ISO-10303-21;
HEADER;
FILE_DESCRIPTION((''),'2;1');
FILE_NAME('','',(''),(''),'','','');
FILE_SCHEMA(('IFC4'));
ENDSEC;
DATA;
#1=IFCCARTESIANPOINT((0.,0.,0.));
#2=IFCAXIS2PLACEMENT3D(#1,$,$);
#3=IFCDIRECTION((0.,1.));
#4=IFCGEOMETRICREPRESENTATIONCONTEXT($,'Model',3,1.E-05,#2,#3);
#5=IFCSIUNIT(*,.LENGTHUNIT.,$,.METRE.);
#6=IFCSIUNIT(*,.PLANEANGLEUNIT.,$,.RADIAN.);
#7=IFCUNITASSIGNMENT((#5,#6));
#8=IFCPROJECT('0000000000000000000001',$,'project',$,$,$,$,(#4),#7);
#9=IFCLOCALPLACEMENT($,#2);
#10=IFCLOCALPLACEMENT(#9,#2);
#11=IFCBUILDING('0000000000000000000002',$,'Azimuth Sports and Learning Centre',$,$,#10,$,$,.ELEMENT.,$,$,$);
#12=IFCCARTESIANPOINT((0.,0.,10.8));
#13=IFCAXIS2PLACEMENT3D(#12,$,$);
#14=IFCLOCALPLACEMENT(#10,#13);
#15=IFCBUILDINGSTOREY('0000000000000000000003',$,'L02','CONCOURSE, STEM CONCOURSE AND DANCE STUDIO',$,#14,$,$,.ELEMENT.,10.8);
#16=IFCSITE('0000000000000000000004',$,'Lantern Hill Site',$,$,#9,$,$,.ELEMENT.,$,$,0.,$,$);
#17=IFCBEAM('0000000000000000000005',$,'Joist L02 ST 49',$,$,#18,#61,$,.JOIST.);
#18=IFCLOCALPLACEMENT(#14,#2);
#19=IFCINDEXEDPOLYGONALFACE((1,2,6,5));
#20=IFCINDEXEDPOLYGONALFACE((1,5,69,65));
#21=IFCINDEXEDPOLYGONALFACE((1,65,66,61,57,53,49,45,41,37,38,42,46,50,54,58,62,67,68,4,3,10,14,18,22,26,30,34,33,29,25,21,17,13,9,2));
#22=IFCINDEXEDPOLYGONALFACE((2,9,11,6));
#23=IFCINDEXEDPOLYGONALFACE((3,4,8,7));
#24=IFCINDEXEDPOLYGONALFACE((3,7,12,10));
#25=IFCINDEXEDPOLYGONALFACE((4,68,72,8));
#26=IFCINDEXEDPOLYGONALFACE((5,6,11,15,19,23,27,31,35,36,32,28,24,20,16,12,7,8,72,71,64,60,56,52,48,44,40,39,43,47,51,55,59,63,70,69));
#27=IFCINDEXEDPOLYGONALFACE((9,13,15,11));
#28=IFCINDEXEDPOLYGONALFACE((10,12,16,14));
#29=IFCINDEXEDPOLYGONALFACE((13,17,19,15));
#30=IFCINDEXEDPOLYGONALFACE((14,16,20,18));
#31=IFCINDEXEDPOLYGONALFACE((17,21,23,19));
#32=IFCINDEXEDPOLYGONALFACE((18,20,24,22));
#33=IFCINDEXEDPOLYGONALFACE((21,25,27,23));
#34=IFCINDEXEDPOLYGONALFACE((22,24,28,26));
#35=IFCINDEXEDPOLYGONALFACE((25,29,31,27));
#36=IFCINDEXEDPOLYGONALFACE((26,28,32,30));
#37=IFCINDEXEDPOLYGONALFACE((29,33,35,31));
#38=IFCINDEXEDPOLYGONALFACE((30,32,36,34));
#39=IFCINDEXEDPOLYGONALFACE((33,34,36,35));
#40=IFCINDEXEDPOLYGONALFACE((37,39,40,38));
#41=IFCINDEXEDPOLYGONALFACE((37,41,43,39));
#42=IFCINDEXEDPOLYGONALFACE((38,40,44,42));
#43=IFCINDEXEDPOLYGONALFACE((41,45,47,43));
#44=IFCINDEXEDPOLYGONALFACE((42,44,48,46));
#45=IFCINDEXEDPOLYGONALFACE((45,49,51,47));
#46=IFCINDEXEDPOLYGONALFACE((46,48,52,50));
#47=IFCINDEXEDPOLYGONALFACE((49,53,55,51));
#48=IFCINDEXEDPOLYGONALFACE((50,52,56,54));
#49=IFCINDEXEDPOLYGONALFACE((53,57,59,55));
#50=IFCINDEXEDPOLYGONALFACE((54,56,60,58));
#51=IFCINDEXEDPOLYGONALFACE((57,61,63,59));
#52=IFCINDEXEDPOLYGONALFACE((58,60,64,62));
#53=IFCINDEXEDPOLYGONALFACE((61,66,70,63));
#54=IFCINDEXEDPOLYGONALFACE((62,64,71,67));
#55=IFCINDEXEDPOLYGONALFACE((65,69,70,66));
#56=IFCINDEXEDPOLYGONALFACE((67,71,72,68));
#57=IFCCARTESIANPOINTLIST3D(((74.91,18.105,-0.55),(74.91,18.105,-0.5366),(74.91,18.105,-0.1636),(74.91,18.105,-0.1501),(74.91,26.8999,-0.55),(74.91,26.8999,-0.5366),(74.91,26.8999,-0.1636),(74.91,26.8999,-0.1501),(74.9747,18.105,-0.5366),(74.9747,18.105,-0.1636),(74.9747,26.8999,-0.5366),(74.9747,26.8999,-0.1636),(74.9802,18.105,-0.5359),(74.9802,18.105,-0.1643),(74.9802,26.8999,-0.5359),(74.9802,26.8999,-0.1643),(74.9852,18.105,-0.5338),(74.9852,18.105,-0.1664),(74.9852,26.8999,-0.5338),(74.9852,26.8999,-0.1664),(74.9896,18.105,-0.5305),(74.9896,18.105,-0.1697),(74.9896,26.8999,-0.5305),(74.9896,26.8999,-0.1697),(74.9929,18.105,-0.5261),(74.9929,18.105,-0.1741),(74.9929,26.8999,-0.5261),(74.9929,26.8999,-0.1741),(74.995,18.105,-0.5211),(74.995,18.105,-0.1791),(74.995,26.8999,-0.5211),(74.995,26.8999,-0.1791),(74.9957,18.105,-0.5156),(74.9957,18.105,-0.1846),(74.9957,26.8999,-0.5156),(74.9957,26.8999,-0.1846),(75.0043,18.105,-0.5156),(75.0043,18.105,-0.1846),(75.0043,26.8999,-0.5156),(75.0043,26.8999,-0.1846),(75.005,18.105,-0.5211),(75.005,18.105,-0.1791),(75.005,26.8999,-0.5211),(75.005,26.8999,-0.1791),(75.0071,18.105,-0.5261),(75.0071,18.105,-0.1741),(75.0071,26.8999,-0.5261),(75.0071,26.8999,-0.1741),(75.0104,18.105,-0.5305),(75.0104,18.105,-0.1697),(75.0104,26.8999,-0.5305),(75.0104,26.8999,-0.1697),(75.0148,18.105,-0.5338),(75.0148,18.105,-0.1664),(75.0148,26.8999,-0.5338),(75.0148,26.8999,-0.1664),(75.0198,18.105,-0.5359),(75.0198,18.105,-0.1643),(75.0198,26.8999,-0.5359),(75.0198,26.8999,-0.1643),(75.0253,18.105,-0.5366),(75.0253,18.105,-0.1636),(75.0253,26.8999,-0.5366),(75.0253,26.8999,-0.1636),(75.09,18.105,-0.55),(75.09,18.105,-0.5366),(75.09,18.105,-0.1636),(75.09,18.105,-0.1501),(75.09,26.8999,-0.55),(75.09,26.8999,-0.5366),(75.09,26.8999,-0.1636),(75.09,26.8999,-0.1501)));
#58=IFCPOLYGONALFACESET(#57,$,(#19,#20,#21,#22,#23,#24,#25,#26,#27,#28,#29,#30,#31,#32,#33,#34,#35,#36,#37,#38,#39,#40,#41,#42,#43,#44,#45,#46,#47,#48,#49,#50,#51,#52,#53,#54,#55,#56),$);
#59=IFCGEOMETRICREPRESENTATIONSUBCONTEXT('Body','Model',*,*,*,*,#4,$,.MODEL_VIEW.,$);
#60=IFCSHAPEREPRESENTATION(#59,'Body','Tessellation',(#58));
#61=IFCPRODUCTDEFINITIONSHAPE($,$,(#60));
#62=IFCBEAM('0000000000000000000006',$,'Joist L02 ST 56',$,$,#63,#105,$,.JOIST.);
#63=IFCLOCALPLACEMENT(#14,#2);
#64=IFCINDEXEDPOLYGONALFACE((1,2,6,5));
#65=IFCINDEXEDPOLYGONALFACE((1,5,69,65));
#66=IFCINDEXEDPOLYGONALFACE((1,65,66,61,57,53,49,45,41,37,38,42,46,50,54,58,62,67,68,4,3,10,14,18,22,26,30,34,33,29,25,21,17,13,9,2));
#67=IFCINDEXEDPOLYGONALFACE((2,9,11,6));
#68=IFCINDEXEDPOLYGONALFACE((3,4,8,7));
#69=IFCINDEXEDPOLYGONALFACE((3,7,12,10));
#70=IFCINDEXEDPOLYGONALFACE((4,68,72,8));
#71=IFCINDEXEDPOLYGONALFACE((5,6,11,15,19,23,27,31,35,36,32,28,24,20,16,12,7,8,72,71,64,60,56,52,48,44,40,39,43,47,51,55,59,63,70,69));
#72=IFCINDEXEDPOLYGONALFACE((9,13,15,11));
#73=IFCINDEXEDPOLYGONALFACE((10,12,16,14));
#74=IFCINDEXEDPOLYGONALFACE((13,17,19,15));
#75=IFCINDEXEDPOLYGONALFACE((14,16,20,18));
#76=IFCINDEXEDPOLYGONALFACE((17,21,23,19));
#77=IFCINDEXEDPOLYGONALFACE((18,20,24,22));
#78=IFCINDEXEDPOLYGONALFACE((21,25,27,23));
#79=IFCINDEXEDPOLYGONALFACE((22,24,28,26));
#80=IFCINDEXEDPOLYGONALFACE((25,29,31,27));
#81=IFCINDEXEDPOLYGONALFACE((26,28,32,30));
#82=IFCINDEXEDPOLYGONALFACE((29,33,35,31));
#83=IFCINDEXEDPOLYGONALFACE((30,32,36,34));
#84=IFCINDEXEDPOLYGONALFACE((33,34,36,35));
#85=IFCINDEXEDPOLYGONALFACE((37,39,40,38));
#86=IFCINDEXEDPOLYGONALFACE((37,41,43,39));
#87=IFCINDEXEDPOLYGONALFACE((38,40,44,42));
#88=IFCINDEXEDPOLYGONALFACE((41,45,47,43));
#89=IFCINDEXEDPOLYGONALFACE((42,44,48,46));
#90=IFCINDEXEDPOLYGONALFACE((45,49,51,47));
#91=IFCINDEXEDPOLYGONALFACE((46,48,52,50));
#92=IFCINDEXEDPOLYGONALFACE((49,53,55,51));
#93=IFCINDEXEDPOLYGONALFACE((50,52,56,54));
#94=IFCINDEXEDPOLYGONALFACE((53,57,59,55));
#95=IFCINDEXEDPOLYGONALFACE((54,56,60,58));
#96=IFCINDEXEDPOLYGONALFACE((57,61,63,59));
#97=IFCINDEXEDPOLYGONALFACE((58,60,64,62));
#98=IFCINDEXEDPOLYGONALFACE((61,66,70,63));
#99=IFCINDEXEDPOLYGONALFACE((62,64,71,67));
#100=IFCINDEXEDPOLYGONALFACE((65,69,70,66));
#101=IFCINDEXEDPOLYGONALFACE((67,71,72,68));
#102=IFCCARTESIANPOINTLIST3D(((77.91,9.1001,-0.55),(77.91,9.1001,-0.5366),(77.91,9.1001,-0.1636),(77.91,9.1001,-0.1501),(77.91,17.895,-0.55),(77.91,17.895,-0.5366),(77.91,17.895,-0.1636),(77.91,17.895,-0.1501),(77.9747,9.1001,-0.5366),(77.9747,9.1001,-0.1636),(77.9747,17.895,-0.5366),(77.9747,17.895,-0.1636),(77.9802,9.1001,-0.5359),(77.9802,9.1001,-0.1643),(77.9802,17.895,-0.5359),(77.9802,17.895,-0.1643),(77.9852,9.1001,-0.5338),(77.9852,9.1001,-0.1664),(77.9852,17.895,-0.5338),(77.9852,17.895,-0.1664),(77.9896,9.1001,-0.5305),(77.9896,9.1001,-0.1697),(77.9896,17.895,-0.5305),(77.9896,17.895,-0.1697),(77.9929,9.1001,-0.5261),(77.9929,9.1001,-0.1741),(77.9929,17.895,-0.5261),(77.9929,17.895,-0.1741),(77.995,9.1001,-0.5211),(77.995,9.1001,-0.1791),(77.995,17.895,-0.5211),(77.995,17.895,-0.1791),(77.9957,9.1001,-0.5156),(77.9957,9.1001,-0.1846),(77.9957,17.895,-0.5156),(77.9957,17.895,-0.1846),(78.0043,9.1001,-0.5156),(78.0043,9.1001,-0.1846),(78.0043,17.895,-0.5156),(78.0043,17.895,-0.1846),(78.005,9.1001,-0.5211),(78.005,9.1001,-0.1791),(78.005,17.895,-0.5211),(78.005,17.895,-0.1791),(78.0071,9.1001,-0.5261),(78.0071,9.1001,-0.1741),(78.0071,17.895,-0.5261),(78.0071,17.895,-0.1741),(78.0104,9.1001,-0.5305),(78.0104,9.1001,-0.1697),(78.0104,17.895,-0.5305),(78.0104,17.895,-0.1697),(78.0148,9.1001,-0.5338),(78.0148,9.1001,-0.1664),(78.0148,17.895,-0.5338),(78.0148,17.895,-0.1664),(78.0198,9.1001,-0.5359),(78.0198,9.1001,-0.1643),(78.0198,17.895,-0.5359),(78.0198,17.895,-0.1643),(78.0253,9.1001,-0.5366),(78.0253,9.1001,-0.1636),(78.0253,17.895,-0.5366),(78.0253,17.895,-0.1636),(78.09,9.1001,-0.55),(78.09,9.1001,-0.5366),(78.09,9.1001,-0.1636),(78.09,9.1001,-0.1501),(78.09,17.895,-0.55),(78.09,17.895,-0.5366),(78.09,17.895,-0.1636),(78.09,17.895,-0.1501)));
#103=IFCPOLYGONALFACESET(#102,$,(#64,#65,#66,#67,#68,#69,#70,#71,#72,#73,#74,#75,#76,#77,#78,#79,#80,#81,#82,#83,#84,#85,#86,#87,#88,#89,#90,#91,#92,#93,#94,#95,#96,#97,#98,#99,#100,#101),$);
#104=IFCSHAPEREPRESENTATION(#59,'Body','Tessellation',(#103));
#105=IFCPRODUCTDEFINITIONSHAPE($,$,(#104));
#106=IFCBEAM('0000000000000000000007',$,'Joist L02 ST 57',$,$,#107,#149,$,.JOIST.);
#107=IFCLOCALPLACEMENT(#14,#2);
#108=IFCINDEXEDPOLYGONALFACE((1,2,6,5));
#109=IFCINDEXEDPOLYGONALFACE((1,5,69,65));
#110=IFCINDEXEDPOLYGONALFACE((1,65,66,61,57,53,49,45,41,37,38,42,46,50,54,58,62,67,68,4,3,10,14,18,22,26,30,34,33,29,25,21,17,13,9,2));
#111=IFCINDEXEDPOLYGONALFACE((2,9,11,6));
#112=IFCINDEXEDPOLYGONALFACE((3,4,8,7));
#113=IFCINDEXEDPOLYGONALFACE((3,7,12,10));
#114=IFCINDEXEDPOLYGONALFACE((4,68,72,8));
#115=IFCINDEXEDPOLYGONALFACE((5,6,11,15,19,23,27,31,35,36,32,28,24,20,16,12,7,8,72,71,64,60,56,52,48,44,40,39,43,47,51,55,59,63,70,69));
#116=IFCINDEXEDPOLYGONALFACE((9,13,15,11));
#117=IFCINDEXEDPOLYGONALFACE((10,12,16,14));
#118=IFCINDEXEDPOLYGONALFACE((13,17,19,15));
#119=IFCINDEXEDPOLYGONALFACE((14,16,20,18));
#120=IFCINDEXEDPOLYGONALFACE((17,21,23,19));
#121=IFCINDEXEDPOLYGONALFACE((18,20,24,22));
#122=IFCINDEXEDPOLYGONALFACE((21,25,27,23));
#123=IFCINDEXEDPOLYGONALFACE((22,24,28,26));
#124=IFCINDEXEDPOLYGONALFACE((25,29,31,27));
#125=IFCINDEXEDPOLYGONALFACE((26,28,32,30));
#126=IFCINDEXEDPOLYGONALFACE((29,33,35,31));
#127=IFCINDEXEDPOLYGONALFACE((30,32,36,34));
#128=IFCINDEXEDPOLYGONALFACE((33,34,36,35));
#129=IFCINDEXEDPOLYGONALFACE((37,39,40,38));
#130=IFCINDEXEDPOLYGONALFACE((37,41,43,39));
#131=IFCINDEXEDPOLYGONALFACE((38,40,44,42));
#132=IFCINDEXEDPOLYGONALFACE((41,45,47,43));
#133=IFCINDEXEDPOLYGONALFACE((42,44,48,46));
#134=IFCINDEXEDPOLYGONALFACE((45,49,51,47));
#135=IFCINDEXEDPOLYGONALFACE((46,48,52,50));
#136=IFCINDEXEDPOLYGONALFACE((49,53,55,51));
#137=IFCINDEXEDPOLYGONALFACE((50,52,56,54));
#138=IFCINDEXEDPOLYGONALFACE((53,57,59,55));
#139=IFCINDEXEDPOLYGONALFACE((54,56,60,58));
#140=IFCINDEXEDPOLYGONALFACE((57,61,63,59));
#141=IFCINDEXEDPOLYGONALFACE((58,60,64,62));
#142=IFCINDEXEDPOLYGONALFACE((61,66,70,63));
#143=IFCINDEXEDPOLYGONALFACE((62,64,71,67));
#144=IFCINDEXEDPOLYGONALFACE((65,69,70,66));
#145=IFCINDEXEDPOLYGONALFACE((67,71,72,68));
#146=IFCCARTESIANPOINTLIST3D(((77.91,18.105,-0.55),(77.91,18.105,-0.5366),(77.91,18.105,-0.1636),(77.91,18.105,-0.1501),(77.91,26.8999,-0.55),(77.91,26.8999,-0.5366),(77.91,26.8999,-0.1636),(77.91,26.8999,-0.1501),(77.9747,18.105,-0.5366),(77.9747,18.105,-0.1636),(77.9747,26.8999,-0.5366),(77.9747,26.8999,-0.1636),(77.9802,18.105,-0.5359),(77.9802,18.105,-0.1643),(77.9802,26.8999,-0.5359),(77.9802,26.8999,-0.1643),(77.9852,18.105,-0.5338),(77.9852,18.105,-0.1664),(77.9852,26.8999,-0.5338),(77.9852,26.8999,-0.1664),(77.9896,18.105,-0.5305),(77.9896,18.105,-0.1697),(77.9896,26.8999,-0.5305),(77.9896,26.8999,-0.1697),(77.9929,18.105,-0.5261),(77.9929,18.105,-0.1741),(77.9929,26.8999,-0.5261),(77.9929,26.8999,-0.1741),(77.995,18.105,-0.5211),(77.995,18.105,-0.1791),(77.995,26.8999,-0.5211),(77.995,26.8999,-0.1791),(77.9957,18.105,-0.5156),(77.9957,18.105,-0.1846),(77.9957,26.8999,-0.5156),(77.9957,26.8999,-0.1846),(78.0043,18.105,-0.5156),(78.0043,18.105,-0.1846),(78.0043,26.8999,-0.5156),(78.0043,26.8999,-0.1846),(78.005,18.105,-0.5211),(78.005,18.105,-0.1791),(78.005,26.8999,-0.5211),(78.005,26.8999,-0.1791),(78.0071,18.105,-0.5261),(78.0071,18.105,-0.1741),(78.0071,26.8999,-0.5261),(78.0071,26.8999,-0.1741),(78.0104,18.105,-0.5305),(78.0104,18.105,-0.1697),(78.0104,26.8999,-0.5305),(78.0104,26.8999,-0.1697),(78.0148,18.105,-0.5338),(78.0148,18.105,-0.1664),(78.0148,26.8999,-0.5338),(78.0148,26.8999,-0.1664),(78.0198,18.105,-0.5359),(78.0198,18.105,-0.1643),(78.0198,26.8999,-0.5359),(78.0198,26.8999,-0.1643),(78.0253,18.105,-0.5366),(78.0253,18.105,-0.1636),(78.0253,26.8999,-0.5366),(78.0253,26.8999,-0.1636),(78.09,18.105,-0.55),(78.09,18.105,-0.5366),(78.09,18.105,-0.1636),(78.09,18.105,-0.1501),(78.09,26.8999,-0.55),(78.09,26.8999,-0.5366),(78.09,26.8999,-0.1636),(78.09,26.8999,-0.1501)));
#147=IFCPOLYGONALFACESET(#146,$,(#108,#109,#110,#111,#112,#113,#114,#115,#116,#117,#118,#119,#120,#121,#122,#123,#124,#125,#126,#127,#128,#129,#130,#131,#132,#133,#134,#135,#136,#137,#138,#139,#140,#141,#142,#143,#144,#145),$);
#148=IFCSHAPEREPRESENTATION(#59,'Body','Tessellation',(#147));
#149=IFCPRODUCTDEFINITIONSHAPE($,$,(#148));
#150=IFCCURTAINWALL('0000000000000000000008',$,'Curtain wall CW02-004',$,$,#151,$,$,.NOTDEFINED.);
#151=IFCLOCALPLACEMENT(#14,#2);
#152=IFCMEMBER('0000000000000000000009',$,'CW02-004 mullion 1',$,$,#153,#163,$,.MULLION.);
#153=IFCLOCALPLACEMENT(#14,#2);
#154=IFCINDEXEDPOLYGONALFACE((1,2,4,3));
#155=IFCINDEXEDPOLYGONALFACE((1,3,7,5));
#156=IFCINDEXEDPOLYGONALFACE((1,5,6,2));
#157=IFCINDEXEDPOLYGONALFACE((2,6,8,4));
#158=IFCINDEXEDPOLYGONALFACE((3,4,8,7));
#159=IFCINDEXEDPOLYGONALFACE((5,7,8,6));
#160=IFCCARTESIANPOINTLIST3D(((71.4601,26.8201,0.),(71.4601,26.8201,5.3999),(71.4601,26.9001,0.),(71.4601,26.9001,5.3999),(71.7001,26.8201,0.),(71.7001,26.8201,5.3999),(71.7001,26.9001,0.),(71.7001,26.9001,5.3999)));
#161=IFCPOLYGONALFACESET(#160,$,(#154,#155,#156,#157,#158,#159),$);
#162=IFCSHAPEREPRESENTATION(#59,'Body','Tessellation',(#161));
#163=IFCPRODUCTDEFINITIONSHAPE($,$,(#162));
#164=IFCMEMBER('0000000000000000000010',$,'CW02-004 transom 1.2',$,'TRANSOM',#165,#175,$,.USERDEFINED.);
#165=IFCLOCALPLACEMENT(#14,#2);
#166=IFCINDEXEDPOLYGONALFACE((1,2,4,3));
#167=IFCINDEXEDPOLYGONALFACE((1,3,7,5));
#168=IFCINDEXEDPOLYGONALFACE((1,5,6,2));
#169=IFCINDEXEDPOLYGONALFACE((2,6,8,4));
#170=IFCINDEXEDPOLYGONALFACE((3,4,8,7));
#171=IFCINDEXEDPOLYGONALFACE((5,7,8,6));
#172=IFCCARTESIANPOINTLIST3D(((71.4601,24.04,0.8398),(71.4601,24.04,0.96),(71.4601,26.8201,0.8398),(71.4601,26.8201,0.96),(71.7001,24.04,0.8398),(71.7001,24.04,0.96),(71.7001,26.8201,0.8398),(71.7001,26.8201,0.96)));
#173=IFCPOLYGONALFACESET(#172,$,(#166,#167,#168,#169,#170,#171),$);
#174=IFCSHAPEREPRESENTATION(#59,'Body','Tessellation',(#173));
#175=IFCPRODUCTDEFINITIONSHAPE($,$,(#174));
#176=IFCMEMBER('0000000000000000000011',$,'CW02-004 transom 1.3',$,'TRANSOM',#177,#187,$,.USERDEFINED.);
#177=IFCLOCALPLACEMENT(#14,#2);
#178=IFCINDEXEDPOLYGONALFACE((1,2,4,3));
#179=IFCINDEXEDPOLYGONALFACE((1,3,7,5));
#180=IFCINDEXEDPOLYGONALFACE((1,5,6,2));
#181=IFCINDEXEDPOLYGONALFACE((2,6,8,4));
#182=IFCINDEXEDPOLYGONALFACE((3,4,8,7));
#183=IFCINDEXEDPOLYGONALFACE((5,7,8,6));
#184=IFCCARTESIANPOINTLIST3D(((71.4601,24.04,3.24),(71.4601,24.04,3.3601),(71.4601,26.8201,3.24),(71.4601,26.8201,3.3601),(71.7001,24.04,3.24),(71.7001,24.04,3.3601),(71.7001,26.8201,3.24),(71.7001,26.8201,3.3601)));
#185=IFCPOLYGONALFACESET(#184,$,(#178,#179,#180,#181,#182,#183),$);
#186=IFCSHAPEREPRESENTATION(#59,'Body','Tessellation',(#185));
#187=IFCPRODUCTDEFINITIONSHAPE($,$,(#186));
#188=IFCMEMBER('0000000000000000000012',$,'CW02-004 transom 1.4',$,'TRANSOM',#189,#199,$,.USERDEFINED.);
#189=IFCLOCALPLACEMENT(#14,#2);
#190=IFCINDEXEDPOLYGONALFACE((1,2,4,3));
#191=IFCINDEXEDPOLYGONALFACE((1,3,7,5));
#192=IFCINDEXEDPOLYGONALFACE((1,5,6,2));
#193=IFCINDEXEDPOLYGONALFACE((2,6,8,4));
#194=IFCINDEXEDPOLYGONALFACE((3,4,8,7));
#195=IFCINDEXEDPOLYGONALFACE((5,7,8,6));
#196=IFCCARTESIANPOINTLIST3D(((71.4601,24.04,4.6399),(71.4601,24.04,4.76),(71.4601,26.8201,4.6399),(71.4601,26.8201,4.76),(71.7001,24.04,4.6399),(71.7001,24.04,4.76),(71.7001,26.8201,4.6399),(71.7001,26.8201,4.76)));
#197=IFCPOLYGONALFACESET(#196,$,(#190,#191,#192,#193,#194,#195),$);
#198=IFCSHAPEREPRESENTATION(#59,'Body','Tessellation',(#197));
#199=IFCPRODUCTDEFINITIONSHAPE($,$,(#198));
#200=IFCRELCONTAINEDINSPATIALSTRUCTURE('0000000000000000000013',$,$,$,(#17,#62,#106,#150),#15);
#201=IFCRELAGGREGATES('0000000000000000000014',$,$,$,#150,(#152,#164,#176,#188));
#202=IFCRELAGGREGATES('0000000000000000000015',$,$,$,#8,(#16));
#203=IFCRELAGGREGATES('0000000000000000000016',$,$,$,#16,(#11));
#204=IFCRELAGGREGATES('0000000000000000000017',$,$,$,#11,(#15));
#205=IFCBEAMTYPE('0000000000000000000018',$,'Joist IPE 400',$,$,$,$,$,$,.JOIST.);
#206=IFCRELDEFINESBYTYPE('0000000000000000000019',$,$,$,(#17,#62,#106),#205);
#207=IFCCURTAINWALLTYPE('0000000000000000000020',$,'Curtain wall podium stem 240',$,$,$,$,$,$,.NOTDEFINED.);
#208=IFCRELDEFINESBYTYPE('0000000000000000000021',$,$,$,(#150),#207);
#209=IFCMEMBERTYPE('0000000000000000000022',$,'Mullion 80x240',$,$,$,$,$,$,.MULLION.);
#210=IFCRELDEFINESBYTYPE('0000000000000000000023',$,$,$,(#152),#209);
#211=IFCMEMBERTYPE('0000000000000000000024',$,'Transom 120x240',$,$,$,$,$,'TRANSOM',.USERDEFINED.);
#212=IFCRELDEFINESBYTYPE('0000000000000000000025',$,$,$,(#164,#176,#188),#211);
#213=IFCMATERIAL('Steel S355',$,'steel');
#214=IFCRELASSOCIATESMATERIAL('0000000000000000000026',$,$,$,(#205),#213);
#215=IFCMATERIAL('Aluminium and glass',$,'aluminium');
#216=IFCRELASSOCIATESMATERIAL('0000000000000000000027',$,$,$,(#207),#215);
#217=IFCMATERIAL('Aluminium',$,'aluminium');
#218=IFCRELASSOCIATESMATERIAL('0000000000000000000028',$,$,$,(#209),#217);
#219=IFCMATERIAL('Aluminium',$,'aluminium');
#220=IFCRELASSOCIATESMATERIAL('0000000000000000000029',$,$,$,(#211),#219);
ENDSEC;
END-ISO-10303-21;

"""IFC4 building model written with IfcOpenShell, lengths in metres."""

from ifc_helpers import new_model, si_unit, direction, frame, origin, origin_2d, place, context, subcontext, project, spatial, rectangle, i_section, extrude, material, material_profile, profile_set, type_object, element, aggregate, save


model = new_model("IFC4")

# Units and contexts
model_context = context("Model", 3, precision=1e-05, world=origin(), true_north=direction((0.0, 1.0)))
body_context = subcontext(model_context, "Body", "Model", "MODEL_VIEW")
ifc_project = project(units=[si_unit("LENGTHUNIT", "METRE"), si_unit("PLANEANGLEUNIT", "RADIAN")], contexts=[model_context])

# Site, building, storey
site_placement = place(None, origin())
site = spatial("IfcSite", under=ifc_project, at=site_placement, Name="Lantern Hill Site", CompositionType="ELEMENT", RefElevation=0.0)
building_placement = place(site_placement, origin())
building = spatial("IfcBuilding", under=site, at=building_placement, Name="Azimuth Sports and Learning Centre", CompositionType="ELEMENT")
storey_placement = place(building_placement, frame((0.0, 0.0, 10.8)))
storey = spatial("IfcBuildingStorey", under=building, at=storey_placement, Name="L02", Description="CONCOURSE, STEM CONCOURSE AND DANCE STUDIO", CompositionType="ELEMENT", Elevation=10.8)

# Beams
ifc_material_1 = material(Name="Steel S355", Category="steel")
ifc_material_profile_1 = material_profile(ifc_material_1, i_section(OverallWidth=0.1799, OverallDepth=0.3999, WebThickness=0.0085, FlangeThickness=0.0134, FilletRadius=0.021, at=origin_2d()), Name="IPE 400")
ifc_profile_set_1 = profile_set([ifc_material_profile_1], Name="Steel S355")
beam_type_1 = type_object("IfcBeamType", Name="Joist IPE 400", PredefinedType="JOIST", material=ifc_profile_set_1)
for number, where, z_axis, x_axis, name in (
    (1, (75.0, 18.105, -0.3501), (0.0, 1.0, 0.0), (-1.0, 0.0, 0.0), "Joist L02 ST 49"),
    (2, (78.0, 9.1001, -0.3501), (0.0, 1.0, 0.0), (-1.0, 0.0, 0.0), "Joist L02 ST 56"),
    (3, (78.0, 18.105, -0.3501), (0.0, 1.0, 0.0), (-1.0, 0.0, 0.0), "Joist L02 ST 57"),
):
    element("IfcBeam", number, at=place(storey_placement, frame(where, z_axis=z_axis, x_axis=x_axis)), inside=storey, type_object=beam_type_1, Name=name, PredefinedType="JOIST", context=body_context, shape_type="SweptSolid", body=[
        extrude(i_section(OverallWidth=0.1799, OverallDepth=0.3999, WebThickness=0.0085, FlangeThickness=0.0134, FilletRadius=0.021, at=origin_2d()), origin(), (0.0, 0.0, 1.0), 8.7949),
    ])

# Curtain wall, members
ifc_material_2 = material(Name="Aluminium and glass", Category="aluminium")
curtain_wall_type = type_object("IfcCurtainWallType", Name="Curtain wall podium stem 240", PredefinedType="NOTDEFINED", material=ifc_material_2)
curtain_wall_placement = place(storey_placement, origin())
curtain_wall = element("IfcCurtainWall", 4, at=curtain_wall_placement, inside=storey, type_object=curtain_wall_type, Name="Curtain wall CW02-004", PredefinedType="NOTDEFINED")
ifc_material_3 = material(Name="Aluminium", Category="aluminium")
ifc_material_profile_2 = material_profile(ifc_material_3, rectangle(XDim=0.24, YDim=0.0801, at=origin_2d()), Name="Mullion 80x240")
ifc_profile_set_2 = profile_set([ifc_material_profile_2], Name="Aluminium")
member_type_1 = type_object("IfcMemberType", Name="Mullion 80x240", PredefinedType="MULLION", material=ifc_profile_set_2)
member_1_placement = place(storey_placement, frame((71.5801, 26.8601, 0.0), z_axis=(0.0, 0.0, 1.0), x_axis=(1.0, 0.0, 0.0)))
member_1 = element("IfcMember", 5, at=member_1_placement, type_object=member_type_1, Name="CW02-004 mullion 1", PredefinedType="MULLION", context=body_context, shape_type="SweptSolid", body=[
    extrude(rectangle(XDim=0.24, YDim=0.0801, at=origin_2d()), origin(), (0.0, 0.0, 1.0), 5.3999),
])
ifc_material_4 = material(Name="Aluminium", Category="aluminium")
ifc_material_profile_3 = material_profile(ifc_material_4, rectangle(XDim=0.24, YDim=0.1201, at=origin_2d()), Name="Transom 120x240")
ifc_profile_set_3 = profile_set([ifc_material_profile_3], Name="Aluminium")
member_type_2 = type_object("IfcMemberType", Name="Transom 120x240", ElementType="TRANSOM", PredefinedType="USERDEFINED", material=ifc_profile_set_3)
member_2_placement = place(storey_placement, frame((71.5801, 26.8201, 0.8999), z_axis=(0.0, -1.0, 0.0), x_axis=(1.0, 0.0, 0.0)))
member_2 = element("IfcMember", 6, at=member_2_placement, type_object=member_type_2, Name="CW02-004 transom 1.2", ObjectType="TRANSOM", PredefinedType="USERDEFINED", context=body_context, shape_type="SweptSolid", body=[
    extrude(rectangle(XDim=0.24, YDim=0.1201, at=origin_2d()), origin(), (0.0, 0.0, 1.0), 2.78),
])
member_3_placement = place(storey_placement, frame((71.5801, 26.8201, 3.3), z_axis=(0.0, -1.0, 0.0), x_axis=(1.0, 0.0, 0.0)))
member_3 = element("IfcMember", 7, at=member_3_placement, type_object=member_type_2, Name="CW02-004 transom 1.3", ObjectType="TRANSOM", PredefinedType="USERDEFINED", context=body_context, shape_type="SweptSolid", body=[
    extrude(rectangle(XDim=0.24, YDim=0.1201, at=origin_2d()), origin(), (0.0, 0.0, 1.0), 2.78),
])
member_4_placement = place(storey_placement, frame((71.5801, 26.8201, 4.7), z_axis=(0.0, -1.0, 0.0), x_axis=(1.0, 0.0, 0.0)))
member_4 = element("IfcMember", 8, at=member_4_placement, type_object=member_type_2, Name="CW02-004 transom 1.4", ObjectType="TRANSOM", PredefinedType="USERDEFINED", context=body_context, shape_type="SweptSolid", body=[
    extrude(rectangle(XDim=0.24, YDim=0.1201, at=origin_2d()), origin(), (0.0, 0.0, 1.0), 2.78),
])
aggregate(curtain_wall, [member_1, member_2, member_3, member_4])

save(model, "model.ifc")
